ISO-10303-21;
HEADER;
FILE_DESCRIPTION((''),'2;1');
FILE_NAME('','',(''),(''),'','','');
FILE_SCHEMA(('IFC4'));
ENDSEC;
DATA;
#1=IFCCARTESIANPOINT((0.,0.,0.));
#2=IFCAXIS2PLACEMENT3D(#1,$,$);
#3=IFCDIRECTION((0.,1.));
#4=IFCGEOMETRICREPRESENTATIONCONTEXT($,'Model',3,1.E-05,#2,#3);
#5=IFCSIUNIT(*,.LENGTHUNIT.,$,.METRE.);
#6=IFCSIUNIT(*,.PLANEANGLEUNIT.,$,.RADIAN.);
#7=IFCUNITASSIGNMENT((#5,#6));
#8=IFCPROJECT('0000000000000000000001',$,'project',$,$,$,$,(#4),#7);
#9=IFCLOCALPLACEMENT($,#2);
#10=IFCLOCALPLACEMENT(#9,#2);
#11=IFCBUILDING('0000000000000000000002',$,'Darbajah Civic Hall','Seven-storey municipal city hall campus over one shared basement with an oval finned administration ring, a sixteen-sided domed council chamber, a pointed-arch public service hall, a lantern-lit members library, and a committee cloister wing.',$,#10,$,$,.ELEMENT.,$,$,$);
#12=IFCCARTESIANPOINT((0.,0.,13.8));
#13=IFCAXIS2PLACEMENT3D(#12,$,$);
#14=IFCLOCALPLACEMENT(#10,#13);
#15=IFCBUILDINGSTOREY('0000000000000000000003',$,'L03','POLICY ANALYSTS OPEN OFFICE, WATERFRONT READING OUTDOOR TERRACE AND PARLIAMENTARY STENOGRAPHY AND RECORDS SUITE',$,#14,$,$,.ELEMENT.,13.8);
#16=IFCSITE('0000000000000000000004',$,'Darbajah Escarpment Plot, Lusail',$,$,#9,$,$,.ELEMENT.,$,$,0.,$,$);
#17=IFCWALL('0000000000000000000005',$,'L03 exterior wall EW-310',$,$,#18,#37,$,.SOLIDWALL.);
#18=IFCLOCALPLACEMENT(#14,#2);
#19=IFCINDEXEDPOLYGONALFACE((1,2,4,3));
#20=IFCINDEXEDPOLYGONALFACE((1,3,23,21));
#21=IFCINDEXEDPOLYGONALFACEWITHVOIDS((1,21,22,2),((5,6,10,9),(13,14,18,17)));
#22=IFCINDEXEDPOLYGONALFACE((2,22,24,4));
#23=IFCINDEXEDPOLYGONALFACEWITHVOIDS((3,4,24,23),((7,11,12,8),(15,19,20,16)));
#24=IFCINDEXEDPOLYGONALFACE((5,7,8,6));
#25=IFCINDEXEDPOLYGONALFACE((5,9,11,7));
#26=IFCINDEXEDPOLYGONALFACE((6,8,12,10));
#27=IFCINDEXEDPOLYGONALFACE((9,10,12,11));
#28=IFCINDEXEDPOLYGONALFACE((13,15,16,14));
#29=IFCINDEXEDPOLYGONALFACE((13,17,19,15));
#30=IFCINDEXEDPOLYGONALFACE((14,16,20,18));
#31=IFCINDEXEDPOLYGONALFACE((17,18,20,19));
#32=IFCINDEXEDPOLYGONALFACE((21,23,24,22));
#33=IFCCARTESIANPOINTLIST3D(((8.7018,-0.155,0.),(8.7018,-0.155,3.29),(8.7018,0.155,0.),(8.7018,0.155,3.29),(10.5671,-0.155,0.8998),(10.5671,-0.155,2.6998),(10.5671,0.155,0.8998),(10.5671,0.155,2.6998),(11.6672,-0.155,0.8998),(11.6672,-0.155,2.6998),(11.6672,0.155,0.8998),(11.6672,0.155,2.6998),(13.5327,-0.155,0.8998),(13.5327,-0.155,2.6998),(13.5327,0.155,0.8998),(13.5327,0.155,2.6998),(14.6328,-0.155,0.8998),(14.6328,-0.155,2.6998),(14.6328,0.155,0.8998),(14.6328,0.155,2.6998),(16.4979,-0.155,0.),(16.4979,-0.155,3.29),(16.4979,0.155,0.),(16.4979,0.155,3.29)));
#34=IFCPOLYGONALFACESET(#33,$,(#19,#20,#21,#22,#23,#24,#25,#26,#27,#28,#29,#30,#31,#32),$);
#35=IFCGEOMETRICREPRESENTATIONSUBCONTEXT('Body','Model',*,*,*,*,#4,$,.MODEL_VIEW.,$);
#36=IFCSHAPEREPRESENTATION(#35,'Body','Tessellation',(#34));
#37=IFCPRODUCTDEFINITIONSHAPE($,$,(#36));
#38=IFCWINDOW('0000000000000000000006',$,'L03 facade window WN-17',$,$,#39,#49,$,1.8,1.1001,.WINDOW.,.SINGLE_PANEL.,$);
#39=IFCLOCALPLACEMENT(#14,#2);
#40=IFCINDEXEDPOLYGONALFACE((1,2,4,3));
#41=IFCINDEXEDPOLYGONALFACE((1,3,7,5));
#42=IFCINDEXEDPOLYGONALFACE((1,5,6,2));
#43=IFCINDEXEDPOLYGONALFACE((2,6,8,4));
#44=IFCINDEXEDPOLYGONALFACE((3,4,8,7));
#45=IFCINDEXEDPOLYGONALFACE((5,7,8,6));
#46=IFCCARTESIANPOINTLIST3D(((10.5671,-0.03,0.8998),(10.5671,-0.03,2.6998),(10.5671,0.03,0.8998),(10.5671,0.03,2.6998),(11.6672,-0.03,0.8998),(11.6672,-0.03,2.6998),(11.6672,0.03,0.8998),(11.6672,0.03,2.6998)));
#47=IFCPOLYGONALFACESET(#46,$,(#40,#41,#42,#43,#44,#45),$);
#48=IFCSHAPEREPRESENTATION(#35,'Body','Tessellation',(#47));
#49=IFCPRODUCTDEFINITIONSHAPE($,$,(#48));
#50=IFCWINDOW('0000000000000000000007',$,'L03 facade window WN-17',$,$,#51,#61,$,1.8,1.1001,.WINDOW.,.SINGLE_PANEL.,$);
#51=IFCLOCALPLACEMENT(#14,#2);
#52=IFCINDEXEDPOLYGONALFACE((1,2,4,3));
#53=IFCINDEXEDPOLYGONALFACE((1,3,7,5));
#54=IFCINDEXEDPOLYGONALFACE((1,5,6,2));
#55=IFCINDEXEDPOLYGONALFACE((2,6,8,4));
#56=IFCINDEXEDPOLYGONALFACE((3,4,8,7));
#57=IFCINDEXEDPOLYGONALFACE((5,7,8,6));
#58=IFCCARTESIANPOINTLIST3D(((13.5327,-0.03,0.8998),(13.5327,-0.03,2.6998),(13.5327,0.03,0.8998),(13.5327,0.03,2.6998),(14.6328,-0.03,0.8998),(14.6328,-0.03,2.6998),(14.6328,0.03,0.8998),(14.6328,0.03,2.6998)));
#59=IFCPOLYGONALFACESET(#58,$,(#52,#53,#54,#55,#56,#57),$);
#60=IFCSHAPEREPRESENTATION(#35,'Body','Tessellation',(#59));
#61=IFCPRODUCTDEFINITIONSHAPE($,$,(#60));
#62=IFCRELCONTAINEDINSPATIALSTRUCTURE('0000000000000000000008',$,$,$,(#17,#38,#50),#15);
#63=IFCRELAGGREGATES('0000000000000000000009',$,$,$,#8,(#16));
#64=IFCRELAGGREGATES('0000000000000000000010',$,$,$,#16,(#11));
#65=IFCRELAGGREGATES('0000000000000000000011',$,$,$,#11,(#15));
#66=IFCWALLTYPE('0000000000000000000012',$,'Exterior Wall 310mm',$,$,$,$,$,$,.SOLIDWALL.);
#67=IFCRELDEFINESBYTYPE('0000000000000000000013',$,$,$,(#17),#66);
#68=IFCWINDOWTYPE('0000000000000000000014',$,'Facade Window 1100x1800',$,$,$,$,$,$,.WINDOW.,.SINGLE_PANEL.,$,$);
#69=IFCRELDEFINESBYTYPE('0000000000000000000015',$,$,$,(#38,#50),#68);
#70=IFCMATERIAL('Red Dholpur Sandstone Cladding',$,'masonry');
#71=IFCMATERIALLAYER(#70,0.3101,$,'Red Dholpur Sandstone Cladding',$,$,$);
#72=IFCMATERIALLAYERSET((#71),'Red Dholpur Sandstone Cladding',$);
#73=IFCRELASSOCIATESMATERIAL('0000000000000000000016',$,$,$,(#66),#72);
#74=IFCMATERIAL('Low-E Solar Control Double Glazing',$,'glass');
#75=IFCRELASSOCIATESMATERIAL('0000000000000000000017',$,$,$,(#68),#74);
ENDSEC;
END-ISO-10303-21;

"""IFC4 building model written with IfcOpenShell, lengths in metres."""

from ifc_helpers import new_model, si_unit, direction, frame, frame_2d, origin, place, context, subcontext, project, spatial, rectangle, extrude, material, layer, layer_set, type_object, element, fill, save


model = new_model("IFC4")

# Units and contexts
model_context = context("Model", 3, precision=1e-05, world=origin(), true_north=direction((0.0, 1.0)))
body_context = subcontext(model_context, "Body", "Model", "MODEL_VIEW")
ifc_project = project(units=[si_unit("LENGTHUNIT", "METRE"), si_unit("PLANEANGLEUNIT", "RADIAN")], contexts=[model_context])

# Site, building, storey
site_placement = place(None, origin())
site = spatial("IfcSite", under=ifc_project, at=site_placement, Name="Darbajah Escarpment Plot, Lusail", CompositionType="ELEMENT", RefElevation=0.0)
building_placement = place(site_placement, origin())
building = spatial("IfcBuilding", under=site, at=building_placement, Name="Darbajah Civic Hall", Description="Seven-storey municipal city hall campus over one shared basement with an oval finned administration ring, a sixteen-sided domed council chamber, a pointed-arch public service hall, a lantern-lit members library, and a committee cloister wing.", CompositionType="ELEMENT")
storey_placement = place(building_placement, frame((0.0, 0.0, 13.8)))
storey = spatial("IfcBuildingStorey", under=building, at=storey_placement, Name="L03", Description="POLICY ANALYSTS OPEN OFFICE, WATERFRONT READING OUTDOOR TERRACE AND PARLIAMENTARY STENOGRAPHY AND RECORDS SUITE", CompositionType="ELEMENT", Elevation=13.8)

# Shared definitions
ifc_material_1 = material(Name="Low-E Solar Control Double Glazing", Category="glass")

# Wall, openings, windows
ifc_material_2 = material(Name="Red Dholpur Sandstone Cladding", Category="masonry")
ifc_layer_1 = layer(ifc_material_2, 0.3101, Name="Red Dholpur Sandstone Cladding")
ifc_layer_set_1 = layer_set([ifc_layer_1], Name="Red Dholpur Sandstone Cladding")
wall_type = type_object("IfcWallType", Name="Exterior Wall 310mm", PredefinedType="SOLIDWALL", material=ifc_layer_set_1)
window_type = type_object("IfcWindowType", Name="Facade Window 1100x1800", PartitioningType="SINGLE_PANEL", PredefinedType="WINDOW", material=ifc_material_1)
wall_1_placement = place(storey_placement, frame((8.7019, 0.0, 0.0), z_axis=(0.0, 0.0, 1.0), x_axis=(1.0, 0.0, 0.0)))
wall_1 = element("IfcWall", 1, at=wall_1_placement, inside=storey, type_object=wall_type, Name="L03 exterior wall EW-310", PredefinedType="SOLIDWALL", context=body_context, shape_type="SweptSolid", body=[
    extrude(rectangle(XDim=7.7961, YDim=0.3101, at=frame_2d((3.8979, 0.0))), origin(), (0.0, 0.0, 1.0), 3.29),
])
opening_1_placement = place(wall_1_placement, frame((1.8652, 0.0, 0.8999)))
opening_1 = element("IfcOpeningElement", 2, at=opening_1_placement, cuts=wall_1, PredefinedType="OPENING", context=body_context, shape_type="SweptSolid", body=[
    extrude(rectangle(XDim=1.1001, YDim=1.8, at=frame_2d((0.55, 0.8999))), frame((0.0, 0.165, 0.0), z_axis=(0.0, -1.0, 0.0), x_axis=(1.0, 0.0, 0.0)), (0.0, 0.0, 1.0), 0.3301),
])
opening_2_placement = place(wall_1_placement, frame((4.8308, 0.0, 0.8999)))
opening_2 = element("IfcOpeningElement", 3, at=opening_2_placement, cuts=wall_1, PredefinedType="OPENING", context=body_context, shape_type="SweptSolid", body=[
    extrude(rectangle(XDim=1.1001, YDim=1.8, at=frame_2d((0.55, 0.8999))), frame((0.0, 0.165, 0.0), z_axis=(0.0, -1.0, 0.0), x_axis=(1.0, 0.0, 0.0)), (0.0, 0.0, 1.0), 0.3301),
])
window_1_placement = place(opening_1_placement, origin())
window_1 = element("IfcWindow", 4, at=window_1_placement, inside=storey, type_object=window_type, Name="L03 facade window WN-17", OverallHeight=1.8, OverallWidth=1.1001, PartitioningType="SINGLE_PANEL", PredefinedType="WINDOW", context=body_context, shape_type="SweptSolid", body=[
    extrude(rectangle(XDim=1.1001, YDim=1.8, at=frame_2d((0.55, 0.8999))), frame((0.0, 0.03, 0.0), z_axis=(0.0, -1.0, 0.0), x_axis=(1.0, 0.0, 0.0)), (0.0, 0.0, 1.0), 0.0601),
])
fill(opening_1, window_1)
window_2_placement = place(opening_2_placement, origin())
window_2 = element("IfcWindow", 5, at=window_2_placement, inside=storey, type_object=window_type, Name="L03 facade window WN-17", OverallHeight=1.8, OverallWidth=1.1001, PartitioningType="SINGLE_PANEL", PredefinedType="WINDOW", context=body_context, shape_type="SweptSolid", body=[
    extrude(rectangle(XDim=1.1001, YDim=1.8, at=frame_2d((0.55, 0.8999))), frame((0.0, 0.03, 0.0), z_axis=(0.0, -1.0, 0.0), x_axis=(1.0, 0.0, 0.0)), (0.0, 0.0, 1.0), 0.0601),
])
fill(opening_2, window_2)

save(model, "model.ifc")
